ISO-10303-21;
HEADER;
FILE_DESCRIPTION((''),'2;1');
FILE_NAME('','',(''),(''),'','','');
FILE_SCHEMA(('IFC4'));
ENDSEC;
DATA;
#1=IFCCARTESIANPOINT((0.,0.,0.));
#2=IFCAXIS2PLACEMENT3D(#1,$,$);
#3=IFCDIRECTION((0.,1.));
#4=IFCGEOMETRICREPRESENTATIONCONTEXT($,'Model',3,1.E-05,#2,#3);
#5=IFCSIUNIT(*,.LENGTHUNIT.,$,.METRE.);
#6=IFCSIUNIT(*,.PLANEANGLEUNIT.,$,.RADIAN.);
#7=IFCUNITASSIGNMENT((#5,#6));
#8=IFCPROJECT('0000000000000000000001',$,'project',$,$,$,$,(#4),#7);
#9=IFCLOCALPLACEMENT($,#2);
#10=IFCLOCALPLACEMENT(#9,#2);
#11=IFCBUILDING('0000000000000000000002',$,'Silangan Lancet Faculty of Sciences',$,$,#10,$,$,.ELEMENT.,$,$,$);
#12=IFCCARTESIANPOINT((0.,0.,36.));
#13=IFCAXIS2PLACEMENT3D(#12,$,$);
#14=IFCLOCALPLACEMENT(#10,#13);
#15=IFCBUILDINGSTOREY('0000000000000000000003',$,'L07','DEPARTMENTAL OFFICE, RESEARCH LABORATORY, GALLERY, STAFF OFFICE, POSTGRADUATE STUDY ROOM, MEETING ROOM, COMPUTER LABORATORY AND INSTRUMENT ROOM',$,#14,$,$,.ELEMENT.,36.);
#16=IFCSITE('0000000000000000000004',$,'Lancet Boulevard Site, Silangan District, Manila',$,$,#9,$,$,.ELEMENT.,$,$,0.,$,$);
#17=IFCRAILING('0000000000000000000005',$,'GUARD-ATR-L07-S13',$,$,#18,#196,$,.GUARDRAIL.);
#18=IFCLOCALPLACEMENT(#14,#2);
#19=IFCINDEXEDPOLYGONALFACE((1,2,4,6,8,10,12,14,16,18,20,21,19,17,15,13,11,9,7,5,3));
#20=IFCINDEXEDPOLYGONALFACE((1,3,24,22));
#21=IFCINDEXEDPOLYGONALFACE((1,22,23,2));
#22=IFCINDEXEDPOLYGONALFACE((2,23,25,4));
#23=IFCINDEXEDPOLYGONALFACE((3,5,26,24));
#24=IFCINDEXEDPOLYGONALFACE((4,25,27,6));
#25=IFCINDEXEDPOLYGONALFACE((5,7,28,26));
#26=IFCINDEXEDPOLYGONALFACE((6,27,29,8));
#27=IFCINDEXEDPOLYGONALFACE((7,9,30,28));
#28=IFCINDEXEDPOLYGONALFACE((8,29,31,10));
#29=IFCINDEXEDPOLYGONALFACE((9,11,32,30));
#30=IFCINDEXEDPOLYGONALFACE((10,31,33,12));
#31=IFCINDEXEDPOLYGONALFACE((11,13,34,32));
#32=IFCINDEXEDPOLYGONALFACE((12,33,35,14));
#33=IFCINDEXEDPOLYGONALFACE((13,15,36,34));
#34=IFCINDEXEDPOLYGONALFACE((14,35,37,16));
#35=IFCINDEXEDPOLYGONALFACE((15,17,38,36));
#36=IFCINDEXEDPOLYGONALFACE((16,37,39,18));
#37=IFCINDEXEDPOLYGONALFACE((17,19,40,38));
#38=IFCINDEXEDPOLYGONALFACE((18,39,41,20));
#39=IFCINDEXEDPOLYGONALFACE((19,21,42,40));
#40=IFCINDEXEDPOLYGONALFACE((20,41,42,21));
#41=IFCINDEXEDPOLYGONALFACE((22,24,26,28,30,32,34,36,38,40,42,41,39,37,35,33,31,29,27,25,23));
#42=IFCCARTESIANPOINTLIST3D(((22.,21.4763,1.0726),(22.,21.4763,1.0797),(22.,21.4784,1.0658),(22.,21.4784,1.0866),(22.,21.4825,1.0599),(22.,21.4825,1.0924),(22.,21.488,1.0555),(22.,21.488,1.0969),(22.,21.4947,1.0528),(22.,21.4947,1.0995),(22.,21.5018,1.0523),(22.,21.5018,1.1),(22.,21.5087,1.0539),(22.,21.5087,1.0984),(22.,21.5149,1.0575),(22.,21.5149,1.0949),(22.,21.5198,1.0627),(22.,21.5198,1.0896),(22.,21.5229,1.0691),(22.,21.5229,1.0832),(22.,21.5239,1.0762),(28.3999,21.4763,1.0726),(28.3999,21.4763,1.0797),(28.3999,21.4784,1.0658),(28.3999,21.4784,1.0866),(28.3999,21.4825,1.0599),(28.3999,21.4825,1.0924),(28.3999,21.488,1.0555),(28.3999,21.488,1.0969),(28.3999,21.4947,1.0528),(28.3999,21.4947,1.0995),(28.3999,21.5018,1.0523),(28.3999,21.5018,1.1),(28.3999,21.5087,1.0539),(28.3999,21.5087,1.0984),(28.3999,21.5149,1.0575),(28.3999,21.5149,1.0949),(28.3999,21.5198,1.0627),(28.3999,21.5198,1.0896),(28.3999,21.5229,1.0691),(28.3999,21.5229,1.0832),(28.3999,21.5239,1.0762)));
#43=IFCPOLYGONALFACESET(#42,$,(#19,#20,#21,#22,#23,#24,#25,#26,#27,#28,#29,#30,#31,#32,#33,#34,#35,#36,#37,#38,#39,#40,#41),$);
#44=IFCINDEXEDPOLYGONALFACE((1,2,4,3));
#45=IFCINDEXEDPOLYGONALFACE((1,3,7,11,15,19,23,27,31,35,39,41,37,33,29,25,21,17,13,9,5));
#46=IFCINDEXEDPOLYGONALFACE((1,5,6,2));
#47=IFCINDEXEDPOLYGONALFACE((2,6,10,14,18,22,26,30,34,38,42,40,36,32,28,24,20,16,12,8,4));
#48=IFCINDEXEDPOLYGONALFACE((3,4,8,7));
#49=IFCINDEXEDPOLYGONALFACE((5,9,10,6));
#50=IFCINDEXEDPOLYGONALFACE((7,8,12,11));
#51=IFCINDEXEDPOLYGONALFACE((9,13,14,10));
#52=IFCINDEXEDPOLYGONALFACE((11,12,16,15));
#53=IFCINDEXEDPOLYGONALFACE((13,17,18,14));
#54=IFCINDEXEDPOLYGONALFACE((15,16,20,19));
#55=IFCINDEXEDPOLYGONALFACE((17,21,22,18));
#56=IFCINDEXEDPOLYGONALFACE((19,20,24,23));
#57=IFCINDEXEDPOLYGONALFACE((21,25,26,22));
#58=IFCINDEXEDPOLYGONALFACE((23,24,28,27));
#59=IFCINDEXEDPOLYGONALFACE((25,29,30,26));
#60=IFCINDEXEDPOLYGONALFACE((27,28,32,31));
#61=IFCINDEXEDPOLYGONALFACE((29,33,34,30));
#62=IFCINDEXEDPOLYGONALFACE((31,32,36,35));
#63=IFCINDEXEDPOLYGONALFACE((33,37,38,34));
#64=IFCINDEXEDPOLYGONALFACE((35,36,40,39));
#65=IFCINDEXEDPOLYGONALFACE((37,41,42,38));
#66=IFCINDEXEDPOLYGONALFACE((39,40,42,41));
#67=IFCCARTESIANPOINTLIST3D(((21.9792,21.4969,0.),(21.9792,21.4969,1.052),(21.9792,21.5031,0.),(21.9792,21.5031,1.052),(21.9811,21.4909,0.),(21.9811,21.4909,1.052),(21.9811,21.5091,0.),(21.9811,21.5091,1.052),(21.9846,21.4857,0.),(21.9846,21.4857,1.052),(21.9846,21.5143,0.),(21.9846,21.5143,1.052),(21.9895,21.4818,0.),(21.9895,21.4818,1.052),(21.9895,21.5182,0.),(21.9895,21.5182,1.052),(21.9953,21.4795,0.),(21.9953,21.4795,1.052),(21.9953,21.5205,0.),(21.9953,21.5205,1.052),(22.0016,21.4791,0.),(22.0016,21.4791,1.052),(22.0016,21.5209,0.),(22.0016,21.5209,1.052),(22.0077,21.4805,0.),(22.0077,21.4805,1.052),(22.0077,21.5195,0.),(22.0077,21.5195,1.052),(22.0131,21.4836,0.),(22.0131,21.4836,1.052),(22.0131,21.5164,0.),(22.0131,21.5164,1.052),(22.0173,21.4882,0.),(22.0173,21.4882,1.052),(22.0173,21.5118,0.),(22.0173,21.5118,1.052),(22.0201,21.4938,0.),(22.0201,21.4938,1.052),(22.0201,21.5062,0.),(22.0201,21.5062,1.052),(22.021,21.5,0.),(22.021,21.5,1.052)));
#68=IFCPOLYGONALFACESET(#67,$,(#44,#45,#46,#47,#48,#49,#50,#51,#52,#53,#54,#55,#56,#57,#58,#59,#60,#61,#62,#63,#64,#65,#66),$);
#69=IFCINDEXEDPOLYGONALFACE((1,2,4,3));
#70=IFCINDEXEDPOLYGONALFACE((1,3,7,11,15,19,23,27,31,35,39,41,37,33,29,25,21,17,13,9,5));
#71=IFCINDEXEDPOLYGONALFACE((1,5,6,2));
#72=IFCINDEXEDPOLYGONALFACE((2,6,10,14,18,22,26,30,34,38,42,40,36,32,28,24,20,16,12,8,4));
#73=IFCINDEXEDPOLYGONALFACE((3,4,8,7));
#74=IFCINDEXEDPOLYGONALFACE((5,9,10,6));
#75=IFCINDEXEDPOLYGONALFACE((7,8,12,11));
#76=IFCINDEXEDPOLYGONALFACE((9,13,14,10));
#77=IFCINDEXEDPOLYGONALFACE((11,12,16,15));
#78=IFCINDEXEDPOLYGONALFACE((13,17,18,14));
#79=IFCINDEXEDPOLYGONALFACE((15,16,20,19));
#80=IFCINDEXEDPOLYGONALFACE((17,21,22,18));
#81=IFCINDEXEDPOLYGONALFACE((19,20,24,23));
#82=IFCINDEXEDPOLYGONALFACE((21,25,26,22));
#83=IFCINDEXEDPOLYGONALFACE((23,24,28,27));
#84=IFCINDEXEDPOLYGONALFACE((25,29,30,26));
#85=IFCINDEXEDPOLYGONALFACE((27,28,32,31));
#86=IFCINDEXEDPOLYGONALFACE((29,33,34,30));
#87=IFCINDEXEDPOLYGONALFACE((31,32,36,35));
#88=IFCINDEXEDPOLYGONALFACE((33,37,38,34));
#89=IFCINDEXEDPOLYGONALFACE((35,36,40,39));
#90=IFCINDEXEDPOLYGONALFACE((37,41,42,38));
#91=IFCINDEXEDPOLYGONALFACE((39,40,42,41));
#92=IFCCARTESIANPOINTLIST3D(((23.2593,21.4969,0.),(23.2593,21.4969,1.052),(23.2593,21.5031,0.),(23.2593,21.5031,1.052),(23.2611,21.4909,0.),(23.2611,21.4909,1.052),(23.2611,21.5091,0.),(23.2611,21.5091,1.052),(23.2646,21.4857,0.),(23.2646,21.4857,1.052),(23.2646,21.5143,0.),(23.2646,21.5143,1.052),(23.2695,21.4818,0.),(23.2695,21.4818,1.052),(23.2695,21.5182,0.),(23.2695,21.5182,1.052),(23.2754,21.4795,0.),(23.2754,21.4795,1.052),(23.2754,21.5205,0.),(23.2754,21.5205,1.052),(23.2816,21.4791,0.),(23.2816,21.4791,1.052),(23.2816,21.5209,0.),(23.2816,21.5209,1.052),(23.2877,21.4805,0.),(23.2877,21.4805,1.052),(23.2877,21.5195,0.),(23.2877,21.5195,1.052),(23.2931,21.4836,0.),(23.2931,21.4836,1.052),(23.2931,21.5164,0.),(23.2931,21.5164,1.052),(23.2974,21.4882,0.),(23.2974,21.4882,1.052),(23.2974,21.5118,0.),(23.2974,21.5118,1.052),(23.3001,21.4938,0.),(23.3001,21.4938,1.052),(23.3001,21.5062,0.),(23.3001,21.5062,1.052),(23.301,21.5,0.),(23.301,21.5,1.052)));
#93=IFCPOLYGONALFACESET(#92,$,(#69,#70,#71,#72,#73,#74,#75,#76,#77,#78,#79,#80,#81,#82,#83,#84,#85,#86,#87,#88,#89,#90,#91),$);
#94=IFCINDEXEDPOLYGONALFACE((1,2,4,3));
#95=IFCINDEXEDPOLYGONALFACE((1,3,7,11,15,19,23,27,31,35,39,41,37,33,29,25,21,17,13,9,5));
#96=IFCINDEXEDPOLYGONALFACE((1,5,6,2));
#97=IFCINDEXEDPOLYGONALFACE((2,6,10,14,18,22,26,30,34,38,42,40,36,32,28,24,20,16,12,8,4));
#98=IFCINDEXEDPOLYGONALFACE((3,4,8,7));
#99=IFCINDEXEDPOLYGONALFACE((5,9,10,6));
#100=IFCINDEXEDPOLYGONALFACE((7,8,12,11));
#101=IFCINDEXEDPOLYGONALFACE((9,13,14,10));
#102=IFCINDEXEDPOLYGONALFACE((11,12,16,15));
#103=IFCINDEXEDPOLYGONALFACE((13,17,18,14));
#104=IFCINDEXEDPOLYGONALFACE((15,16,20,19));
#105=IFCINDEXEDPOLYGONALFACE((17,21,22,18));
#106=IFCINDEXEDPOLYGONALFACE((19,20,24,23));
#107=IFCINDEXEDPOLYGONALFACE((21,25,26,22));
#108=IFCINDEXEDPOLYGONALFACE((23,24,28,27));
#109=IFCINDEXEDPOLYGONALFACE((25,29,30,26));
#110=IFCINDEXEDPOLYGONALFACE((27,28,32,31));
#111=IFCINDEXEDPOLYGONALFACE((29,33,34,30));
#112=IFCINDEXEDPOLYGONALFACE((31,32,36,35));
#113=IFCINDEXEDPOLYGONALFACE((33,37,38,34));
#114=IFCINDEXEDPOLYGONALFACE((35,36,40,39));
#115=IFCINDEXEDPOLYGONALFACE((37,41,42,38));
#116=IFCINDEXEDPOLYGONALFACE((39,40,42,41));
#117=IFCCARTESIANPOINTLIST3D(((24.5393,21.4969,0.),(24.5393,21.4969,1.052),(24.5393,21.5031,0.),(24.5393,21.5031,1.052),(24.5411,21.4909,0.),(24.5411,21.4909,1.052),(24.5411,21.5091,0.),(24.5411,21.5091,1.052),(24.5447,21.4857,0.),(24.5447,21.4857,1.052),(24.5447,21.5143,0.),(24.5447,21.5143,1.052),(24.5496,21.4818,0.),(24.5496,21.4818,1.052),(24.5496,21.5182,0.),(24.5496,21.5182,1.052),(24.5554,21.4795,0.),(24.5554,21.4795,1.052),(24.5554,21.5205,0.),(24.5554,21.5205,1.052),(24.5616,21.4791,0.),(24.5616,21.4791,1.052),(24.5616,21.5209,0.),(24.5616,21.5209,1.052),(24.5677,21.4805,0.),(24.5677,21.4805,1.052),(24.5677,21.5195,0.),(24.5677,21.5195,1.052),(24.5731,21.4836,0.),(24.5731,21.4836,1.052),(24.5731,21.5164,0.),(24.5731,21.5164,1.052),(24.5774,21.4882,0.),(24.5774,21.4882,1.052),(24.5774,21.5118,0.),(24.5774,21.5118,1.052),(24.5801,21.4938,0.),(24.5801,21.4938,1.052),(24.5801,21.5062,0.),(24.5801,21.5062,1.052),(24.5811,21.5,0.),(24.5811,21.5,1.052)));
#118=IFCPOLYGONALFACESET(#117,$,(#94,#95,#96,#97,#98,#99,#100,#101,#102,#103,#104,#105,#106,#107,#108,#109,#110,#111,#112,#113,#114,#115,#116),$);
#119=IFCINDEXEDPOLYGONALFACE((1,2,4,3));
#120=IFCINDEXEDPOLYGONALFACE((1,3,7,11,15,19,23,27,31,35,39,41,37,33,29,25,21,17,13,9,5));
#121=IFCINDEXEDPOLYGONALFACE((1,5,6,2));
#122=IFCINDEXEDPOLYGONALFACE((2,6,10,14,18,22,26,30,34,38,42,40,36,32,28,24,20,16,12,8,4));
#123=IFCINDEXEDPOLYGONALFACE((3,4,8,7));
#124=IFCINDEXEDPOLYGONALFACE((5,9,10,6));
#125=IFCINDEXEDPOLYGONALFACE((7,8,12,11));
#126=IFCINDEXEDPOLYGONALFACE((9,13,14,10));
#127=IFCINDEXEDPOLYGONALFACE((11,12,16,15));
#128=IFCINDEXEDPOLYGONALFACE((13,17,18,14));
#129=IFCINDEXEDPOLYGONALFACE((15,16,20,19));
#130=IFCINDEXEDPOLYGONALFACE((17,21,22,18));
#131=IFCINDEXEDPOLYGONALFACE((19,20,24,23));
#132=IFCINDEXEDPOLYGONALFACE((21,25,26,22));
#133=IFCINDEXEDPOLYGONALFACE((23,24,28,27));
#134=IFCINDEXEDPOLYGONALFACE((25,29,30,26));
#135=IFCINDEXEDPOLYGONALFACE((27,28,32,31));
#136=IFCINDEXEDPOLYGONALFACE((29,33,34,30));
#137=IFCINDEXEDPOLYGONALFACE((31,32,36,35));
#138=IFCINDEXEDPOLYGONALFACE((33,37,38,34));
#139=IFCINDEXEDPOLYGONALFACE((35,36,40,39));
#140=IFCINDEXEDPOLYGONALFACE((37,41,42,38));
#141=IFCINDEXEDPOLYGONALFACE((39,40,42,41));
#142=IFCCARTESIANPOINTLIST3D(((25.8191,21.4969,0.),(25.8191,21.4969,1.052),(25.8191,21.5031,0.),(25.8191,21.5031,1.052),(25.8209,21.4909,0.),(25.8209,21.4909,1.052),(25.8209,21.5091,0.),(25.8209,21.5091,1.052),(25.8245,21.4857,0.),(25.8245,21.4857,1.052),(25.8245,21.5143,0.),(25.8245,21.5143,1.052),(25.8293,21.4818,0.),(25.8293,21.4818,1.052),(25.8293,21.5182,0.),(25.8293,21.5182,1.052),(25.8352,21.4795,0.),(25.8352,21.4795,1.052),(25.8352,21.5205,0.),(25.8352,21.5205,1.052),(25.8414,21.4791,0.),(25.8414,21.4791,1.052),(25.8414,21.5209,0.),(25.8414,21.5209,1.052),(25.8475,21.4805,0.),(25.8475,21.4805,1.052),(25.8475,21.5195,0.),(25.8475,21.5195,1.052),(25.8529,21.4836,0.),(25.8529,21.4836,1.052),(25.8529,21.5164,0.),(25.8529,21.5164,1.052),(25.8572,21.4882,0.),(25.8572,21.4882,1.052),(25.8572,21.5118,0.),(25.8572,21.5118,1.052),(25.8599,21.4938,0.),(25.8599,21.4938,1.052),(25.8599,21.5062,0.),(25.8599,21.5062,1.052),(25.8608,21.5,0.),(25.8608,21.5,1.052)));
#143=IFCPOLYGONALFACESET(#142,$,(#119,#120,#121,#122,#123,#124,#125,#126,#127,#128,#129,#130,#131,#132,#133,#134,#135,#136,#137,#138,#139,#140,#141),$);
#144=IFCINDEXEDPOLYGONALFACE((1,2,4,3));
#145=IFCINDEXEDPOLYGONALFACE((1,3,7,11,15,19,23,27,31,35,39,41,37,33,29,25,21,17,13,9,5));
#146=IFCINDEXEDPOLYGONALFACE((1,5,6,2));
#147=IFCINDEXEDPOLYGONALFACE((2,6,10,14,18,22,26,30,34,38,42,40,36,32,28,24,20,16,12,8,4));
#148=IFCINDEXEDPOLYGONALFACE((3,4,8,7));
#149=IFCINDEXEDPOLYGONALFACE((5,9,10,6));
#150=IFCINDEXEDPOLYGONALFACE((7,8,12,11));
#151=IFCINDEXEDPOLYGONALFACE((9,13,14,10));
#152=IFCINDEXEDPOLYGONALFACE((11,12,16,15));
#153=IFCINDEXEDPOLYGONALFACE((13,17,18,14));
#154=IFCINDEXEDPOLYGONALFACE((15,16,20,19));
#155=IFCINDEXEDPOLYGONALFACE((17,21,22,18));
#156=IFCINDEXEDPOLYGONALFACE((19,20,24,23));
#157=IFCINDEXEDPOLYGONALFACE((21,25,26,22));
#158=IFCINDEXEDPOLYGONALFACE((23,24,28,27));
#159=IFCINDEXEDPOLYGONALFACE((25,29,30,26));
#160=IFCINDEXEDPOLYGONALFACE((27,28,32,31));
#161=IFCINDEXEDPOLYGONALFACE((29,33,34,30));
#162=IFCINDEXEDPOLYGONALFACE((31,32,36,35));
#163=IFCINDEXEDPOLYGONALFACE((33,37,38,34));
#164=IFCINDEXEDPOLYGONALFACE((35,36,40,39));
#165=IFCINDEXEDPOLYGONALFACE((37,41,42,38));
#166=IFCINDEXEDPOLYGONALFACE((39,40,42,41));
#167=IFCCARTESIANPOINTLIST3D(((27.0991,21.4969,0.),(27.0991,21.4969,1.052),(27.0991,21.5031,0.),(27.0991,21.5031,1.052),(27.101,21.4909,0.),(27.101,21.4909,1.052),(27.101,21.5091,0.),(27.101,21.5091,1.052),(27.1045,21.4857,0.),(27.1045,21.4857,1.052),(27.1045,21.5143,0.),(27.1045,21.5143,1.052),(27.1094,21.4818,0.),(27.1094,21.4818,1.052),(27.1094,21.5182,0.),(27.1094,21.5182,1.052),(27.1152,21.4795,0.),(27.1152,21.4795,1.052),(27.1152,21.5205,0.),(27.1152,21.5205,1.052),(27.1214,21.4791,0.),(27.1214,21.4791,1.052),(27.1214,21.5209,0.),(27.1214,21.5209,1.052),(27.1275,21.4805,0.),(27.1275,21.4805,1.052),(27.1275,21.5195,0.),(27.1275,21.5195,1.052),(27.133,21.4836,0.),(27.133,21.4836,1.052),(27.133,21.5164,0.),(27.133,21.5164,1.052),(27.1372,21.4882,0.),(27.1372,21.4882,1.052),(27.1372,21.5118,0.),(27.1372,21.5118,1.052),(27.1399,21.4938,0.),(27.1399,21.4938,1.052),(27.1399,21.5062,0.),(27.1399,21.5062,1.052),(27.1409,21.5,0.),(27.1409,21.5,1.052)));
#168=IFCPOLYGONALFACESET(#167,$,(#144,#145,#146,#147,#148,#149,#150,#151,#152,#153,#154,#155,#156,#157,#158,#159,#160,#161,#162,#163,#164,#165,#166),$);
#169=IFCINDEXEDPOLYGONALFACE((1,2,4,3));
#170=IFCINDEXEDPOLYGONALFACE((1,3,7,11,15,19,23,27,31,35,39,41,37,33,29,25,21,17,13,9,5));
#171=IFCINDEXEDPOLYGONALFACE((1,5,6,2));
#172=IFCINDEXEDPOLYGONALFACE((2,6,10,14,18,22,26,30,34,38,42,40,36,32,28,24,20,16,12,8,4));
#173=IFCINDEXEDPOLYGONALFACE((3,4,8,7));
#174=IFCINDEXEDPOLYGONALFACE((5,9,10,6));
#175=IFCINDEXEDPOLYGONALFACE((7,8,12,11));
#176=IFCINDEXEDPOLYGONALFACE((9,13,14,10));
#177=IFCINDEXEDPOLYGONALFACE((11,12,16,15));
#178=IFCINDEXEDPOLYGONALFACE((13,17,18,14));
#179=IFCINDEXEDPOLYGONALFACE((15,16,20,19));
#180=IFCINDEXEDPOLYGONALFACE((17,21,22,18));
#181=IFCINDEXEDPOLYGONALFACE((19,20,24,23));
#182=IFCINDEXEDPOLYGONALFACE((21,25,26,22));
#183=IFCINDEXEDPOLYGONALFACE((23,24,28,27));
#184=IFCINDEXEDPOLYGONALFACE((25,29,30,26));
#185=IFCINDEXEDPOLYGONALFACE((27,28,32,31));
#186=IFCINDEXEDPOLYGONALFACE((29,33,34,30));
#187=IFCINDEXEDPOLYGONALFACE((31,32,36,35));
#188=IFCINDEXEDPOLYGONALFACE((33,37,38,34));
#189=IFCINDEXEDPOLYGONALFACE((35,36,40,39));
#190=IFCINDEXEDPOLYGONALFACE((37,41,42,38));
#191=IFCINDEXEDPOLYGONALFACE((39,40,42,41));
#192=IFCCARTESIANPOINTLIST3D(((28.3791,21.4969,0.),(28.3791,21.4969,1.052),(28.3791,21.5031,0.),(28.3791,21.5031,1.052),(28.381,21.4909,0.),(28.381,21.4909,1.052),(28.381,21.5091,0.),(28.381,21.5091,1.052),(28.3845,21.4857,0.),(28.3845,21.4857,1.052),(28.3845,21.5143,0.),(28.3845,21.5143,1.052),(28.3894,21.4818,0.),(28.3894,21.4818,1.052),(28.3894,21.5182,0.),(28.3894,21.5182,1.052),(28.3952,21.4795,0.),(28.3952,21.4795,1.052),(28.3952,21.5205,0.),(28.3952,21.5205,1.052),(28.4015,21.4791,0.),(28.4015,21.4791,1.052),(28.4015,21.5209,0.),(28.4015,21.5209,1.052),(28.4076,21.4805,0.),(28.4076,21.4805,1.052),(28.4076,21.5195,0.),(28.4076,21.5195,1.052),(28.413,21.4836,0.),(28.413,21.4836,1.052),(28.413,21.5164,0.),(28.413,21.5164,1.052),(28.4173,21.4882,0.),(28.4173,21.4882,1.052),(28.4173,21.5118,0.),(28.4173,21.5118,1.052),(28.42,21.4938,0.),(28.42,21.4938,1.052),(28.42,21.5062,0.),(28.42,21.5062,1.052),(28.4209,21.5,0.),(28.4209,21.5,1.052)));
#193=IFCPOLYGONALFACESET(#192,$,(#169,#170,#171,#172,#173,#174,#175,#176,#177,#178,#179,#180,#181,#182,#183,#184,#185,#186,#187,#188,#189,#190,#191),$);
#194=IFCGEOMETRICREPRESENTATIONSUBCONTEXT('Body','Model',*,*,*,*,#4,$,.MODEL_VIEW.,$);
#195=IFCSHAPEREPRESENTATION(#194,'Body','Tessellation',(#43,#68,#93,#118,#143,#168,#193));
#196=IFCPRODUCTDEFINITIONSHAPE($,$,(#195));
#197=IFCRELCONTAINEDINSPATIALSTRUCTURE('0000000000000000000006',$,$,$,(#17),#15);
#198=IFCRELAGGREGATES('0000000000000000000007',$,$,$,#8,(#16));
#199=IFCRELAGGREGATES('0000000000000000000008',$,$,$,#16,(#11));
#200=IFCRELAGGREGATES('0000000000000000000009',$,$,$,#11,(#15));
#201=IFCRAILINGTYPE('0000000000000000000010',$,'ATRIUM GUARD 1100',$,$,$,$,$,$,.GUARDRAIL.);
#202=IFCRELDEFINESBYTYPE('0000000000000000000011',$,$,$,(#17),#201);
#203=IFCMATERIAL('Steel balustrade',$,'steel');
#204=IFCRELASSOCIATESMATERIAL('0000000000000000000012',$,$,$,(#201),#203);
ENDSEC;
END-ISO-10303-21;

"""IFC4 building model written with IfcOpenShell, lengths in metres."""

from ifc_helpers import new_model, si_unit, direction, frame, origin, origin_2d, place, context, subcontext, project, spatial, circle, extrude, material, type_object, element, save


model = new_model("IFC4")

# Units and contexts
model_context = context("Model", 3, precision=1e-05, world=origin(), true_north=direction((0.0, 1.0)))
body_context = subcontext(model_context, "Body", "Model", "MODEL_VIEW")
ifc_project = project(units=[si_unit("LENGTHUNIT", "METRE"), si_unit("PLANEANGLEUNIT", "RADIAN")], contexts=[model_context])

# Site, building, storey
site_placement = place(None, origin())
site = spatial("IfcSite", under=ifc_project, at=site_placement, Name="Lancet Boulevard Site, Silangan District, Manila", CompositionType="ELEMENT", RefElevation=0.0)
building_placement = place(site_placement, origin())
building = spatial("IfcBuilding", under=site, at=building_placement, Name="Silangan Lancet Faculty of Sciences", CompositionType="ELEMENT")
storey_placement = place(building_placement, frame((0.0, 0.0, 36.0)))
storey = spatial("IfcBuildingStorey", under=building, at=storey_placement, Name="L07", Description="DEPARTMENTAL OFFICE, RESEARCH LABORATORY, GALLERY, STAFF OFFICE, POSTGRADUATE STUDY ROOM, MEETING ROOM, COMPUTER LABORATORY AND INSTRUMENT ROOM", CompositionType="ELEMENT", Elevation=36.0)

# Railing
ifc_material_1 = material(Name="Steel balustrade", Category="steel")
railing_type = type_object("IfcRailingType", Name="ATRIUM GUARD 1100", PredefinedType="GUARDRAIL", material=ifc_material_1)
railing_placement = place(storey_placement, frame((22.0, 21.5, 0.0)))
element("IfcRailing", 1, at=railing_placement, inside=storey, type_object=railing_type, Name="GUARD-ATR-L07-S13", PredefinedType="GUARDRAIL", context=body_context, shape_type="SweptSolid", body=[
    extrude(circle(Radius=0.0239, at=origin_2d()), frame((0.0, 0.0, 1.0762), z_axis=(1.0, 0.0, 0.0), x_axis=(0.0, 1.0, 0.0)), (0.0, 0.0, 1.0), 6.3999),
    extrude(circle(Radius=0.021, at=origin_2d()), origin(), (0.0, 0.0, 1.0), 1.052),
    extrude(circle(Radius=0.021, at=origin_2d()), frame((1.28, 0.0, 0.0)), (0.0, 0.0, 1.0), 1.052),
    extrude(circle(Radius=0.021, at=origin_2d()), frame((2.5601, 0.0, 0.0)), (0.0, 0.0, 1.0), 1.052),
    extrude(circle(Radius=0.021, at=origin_2d()), frame((3.8398, 0.0, 0.0)), (0.0, 0.0, 1.0), 1.052),
    extrude(circle(Radius=0.021, at=origin_2d()), frame((5.1199, 0.0, 0.0)), (0.0, 0.0, 1.0), 1.052),
    extrude(circle(Radius=0.021, at=origin_2d()), frame((6.3999, 0.0, 0.0)), (0.0, 0.0, 1.0), 1.052),
])

save(model, "model.ifc")
